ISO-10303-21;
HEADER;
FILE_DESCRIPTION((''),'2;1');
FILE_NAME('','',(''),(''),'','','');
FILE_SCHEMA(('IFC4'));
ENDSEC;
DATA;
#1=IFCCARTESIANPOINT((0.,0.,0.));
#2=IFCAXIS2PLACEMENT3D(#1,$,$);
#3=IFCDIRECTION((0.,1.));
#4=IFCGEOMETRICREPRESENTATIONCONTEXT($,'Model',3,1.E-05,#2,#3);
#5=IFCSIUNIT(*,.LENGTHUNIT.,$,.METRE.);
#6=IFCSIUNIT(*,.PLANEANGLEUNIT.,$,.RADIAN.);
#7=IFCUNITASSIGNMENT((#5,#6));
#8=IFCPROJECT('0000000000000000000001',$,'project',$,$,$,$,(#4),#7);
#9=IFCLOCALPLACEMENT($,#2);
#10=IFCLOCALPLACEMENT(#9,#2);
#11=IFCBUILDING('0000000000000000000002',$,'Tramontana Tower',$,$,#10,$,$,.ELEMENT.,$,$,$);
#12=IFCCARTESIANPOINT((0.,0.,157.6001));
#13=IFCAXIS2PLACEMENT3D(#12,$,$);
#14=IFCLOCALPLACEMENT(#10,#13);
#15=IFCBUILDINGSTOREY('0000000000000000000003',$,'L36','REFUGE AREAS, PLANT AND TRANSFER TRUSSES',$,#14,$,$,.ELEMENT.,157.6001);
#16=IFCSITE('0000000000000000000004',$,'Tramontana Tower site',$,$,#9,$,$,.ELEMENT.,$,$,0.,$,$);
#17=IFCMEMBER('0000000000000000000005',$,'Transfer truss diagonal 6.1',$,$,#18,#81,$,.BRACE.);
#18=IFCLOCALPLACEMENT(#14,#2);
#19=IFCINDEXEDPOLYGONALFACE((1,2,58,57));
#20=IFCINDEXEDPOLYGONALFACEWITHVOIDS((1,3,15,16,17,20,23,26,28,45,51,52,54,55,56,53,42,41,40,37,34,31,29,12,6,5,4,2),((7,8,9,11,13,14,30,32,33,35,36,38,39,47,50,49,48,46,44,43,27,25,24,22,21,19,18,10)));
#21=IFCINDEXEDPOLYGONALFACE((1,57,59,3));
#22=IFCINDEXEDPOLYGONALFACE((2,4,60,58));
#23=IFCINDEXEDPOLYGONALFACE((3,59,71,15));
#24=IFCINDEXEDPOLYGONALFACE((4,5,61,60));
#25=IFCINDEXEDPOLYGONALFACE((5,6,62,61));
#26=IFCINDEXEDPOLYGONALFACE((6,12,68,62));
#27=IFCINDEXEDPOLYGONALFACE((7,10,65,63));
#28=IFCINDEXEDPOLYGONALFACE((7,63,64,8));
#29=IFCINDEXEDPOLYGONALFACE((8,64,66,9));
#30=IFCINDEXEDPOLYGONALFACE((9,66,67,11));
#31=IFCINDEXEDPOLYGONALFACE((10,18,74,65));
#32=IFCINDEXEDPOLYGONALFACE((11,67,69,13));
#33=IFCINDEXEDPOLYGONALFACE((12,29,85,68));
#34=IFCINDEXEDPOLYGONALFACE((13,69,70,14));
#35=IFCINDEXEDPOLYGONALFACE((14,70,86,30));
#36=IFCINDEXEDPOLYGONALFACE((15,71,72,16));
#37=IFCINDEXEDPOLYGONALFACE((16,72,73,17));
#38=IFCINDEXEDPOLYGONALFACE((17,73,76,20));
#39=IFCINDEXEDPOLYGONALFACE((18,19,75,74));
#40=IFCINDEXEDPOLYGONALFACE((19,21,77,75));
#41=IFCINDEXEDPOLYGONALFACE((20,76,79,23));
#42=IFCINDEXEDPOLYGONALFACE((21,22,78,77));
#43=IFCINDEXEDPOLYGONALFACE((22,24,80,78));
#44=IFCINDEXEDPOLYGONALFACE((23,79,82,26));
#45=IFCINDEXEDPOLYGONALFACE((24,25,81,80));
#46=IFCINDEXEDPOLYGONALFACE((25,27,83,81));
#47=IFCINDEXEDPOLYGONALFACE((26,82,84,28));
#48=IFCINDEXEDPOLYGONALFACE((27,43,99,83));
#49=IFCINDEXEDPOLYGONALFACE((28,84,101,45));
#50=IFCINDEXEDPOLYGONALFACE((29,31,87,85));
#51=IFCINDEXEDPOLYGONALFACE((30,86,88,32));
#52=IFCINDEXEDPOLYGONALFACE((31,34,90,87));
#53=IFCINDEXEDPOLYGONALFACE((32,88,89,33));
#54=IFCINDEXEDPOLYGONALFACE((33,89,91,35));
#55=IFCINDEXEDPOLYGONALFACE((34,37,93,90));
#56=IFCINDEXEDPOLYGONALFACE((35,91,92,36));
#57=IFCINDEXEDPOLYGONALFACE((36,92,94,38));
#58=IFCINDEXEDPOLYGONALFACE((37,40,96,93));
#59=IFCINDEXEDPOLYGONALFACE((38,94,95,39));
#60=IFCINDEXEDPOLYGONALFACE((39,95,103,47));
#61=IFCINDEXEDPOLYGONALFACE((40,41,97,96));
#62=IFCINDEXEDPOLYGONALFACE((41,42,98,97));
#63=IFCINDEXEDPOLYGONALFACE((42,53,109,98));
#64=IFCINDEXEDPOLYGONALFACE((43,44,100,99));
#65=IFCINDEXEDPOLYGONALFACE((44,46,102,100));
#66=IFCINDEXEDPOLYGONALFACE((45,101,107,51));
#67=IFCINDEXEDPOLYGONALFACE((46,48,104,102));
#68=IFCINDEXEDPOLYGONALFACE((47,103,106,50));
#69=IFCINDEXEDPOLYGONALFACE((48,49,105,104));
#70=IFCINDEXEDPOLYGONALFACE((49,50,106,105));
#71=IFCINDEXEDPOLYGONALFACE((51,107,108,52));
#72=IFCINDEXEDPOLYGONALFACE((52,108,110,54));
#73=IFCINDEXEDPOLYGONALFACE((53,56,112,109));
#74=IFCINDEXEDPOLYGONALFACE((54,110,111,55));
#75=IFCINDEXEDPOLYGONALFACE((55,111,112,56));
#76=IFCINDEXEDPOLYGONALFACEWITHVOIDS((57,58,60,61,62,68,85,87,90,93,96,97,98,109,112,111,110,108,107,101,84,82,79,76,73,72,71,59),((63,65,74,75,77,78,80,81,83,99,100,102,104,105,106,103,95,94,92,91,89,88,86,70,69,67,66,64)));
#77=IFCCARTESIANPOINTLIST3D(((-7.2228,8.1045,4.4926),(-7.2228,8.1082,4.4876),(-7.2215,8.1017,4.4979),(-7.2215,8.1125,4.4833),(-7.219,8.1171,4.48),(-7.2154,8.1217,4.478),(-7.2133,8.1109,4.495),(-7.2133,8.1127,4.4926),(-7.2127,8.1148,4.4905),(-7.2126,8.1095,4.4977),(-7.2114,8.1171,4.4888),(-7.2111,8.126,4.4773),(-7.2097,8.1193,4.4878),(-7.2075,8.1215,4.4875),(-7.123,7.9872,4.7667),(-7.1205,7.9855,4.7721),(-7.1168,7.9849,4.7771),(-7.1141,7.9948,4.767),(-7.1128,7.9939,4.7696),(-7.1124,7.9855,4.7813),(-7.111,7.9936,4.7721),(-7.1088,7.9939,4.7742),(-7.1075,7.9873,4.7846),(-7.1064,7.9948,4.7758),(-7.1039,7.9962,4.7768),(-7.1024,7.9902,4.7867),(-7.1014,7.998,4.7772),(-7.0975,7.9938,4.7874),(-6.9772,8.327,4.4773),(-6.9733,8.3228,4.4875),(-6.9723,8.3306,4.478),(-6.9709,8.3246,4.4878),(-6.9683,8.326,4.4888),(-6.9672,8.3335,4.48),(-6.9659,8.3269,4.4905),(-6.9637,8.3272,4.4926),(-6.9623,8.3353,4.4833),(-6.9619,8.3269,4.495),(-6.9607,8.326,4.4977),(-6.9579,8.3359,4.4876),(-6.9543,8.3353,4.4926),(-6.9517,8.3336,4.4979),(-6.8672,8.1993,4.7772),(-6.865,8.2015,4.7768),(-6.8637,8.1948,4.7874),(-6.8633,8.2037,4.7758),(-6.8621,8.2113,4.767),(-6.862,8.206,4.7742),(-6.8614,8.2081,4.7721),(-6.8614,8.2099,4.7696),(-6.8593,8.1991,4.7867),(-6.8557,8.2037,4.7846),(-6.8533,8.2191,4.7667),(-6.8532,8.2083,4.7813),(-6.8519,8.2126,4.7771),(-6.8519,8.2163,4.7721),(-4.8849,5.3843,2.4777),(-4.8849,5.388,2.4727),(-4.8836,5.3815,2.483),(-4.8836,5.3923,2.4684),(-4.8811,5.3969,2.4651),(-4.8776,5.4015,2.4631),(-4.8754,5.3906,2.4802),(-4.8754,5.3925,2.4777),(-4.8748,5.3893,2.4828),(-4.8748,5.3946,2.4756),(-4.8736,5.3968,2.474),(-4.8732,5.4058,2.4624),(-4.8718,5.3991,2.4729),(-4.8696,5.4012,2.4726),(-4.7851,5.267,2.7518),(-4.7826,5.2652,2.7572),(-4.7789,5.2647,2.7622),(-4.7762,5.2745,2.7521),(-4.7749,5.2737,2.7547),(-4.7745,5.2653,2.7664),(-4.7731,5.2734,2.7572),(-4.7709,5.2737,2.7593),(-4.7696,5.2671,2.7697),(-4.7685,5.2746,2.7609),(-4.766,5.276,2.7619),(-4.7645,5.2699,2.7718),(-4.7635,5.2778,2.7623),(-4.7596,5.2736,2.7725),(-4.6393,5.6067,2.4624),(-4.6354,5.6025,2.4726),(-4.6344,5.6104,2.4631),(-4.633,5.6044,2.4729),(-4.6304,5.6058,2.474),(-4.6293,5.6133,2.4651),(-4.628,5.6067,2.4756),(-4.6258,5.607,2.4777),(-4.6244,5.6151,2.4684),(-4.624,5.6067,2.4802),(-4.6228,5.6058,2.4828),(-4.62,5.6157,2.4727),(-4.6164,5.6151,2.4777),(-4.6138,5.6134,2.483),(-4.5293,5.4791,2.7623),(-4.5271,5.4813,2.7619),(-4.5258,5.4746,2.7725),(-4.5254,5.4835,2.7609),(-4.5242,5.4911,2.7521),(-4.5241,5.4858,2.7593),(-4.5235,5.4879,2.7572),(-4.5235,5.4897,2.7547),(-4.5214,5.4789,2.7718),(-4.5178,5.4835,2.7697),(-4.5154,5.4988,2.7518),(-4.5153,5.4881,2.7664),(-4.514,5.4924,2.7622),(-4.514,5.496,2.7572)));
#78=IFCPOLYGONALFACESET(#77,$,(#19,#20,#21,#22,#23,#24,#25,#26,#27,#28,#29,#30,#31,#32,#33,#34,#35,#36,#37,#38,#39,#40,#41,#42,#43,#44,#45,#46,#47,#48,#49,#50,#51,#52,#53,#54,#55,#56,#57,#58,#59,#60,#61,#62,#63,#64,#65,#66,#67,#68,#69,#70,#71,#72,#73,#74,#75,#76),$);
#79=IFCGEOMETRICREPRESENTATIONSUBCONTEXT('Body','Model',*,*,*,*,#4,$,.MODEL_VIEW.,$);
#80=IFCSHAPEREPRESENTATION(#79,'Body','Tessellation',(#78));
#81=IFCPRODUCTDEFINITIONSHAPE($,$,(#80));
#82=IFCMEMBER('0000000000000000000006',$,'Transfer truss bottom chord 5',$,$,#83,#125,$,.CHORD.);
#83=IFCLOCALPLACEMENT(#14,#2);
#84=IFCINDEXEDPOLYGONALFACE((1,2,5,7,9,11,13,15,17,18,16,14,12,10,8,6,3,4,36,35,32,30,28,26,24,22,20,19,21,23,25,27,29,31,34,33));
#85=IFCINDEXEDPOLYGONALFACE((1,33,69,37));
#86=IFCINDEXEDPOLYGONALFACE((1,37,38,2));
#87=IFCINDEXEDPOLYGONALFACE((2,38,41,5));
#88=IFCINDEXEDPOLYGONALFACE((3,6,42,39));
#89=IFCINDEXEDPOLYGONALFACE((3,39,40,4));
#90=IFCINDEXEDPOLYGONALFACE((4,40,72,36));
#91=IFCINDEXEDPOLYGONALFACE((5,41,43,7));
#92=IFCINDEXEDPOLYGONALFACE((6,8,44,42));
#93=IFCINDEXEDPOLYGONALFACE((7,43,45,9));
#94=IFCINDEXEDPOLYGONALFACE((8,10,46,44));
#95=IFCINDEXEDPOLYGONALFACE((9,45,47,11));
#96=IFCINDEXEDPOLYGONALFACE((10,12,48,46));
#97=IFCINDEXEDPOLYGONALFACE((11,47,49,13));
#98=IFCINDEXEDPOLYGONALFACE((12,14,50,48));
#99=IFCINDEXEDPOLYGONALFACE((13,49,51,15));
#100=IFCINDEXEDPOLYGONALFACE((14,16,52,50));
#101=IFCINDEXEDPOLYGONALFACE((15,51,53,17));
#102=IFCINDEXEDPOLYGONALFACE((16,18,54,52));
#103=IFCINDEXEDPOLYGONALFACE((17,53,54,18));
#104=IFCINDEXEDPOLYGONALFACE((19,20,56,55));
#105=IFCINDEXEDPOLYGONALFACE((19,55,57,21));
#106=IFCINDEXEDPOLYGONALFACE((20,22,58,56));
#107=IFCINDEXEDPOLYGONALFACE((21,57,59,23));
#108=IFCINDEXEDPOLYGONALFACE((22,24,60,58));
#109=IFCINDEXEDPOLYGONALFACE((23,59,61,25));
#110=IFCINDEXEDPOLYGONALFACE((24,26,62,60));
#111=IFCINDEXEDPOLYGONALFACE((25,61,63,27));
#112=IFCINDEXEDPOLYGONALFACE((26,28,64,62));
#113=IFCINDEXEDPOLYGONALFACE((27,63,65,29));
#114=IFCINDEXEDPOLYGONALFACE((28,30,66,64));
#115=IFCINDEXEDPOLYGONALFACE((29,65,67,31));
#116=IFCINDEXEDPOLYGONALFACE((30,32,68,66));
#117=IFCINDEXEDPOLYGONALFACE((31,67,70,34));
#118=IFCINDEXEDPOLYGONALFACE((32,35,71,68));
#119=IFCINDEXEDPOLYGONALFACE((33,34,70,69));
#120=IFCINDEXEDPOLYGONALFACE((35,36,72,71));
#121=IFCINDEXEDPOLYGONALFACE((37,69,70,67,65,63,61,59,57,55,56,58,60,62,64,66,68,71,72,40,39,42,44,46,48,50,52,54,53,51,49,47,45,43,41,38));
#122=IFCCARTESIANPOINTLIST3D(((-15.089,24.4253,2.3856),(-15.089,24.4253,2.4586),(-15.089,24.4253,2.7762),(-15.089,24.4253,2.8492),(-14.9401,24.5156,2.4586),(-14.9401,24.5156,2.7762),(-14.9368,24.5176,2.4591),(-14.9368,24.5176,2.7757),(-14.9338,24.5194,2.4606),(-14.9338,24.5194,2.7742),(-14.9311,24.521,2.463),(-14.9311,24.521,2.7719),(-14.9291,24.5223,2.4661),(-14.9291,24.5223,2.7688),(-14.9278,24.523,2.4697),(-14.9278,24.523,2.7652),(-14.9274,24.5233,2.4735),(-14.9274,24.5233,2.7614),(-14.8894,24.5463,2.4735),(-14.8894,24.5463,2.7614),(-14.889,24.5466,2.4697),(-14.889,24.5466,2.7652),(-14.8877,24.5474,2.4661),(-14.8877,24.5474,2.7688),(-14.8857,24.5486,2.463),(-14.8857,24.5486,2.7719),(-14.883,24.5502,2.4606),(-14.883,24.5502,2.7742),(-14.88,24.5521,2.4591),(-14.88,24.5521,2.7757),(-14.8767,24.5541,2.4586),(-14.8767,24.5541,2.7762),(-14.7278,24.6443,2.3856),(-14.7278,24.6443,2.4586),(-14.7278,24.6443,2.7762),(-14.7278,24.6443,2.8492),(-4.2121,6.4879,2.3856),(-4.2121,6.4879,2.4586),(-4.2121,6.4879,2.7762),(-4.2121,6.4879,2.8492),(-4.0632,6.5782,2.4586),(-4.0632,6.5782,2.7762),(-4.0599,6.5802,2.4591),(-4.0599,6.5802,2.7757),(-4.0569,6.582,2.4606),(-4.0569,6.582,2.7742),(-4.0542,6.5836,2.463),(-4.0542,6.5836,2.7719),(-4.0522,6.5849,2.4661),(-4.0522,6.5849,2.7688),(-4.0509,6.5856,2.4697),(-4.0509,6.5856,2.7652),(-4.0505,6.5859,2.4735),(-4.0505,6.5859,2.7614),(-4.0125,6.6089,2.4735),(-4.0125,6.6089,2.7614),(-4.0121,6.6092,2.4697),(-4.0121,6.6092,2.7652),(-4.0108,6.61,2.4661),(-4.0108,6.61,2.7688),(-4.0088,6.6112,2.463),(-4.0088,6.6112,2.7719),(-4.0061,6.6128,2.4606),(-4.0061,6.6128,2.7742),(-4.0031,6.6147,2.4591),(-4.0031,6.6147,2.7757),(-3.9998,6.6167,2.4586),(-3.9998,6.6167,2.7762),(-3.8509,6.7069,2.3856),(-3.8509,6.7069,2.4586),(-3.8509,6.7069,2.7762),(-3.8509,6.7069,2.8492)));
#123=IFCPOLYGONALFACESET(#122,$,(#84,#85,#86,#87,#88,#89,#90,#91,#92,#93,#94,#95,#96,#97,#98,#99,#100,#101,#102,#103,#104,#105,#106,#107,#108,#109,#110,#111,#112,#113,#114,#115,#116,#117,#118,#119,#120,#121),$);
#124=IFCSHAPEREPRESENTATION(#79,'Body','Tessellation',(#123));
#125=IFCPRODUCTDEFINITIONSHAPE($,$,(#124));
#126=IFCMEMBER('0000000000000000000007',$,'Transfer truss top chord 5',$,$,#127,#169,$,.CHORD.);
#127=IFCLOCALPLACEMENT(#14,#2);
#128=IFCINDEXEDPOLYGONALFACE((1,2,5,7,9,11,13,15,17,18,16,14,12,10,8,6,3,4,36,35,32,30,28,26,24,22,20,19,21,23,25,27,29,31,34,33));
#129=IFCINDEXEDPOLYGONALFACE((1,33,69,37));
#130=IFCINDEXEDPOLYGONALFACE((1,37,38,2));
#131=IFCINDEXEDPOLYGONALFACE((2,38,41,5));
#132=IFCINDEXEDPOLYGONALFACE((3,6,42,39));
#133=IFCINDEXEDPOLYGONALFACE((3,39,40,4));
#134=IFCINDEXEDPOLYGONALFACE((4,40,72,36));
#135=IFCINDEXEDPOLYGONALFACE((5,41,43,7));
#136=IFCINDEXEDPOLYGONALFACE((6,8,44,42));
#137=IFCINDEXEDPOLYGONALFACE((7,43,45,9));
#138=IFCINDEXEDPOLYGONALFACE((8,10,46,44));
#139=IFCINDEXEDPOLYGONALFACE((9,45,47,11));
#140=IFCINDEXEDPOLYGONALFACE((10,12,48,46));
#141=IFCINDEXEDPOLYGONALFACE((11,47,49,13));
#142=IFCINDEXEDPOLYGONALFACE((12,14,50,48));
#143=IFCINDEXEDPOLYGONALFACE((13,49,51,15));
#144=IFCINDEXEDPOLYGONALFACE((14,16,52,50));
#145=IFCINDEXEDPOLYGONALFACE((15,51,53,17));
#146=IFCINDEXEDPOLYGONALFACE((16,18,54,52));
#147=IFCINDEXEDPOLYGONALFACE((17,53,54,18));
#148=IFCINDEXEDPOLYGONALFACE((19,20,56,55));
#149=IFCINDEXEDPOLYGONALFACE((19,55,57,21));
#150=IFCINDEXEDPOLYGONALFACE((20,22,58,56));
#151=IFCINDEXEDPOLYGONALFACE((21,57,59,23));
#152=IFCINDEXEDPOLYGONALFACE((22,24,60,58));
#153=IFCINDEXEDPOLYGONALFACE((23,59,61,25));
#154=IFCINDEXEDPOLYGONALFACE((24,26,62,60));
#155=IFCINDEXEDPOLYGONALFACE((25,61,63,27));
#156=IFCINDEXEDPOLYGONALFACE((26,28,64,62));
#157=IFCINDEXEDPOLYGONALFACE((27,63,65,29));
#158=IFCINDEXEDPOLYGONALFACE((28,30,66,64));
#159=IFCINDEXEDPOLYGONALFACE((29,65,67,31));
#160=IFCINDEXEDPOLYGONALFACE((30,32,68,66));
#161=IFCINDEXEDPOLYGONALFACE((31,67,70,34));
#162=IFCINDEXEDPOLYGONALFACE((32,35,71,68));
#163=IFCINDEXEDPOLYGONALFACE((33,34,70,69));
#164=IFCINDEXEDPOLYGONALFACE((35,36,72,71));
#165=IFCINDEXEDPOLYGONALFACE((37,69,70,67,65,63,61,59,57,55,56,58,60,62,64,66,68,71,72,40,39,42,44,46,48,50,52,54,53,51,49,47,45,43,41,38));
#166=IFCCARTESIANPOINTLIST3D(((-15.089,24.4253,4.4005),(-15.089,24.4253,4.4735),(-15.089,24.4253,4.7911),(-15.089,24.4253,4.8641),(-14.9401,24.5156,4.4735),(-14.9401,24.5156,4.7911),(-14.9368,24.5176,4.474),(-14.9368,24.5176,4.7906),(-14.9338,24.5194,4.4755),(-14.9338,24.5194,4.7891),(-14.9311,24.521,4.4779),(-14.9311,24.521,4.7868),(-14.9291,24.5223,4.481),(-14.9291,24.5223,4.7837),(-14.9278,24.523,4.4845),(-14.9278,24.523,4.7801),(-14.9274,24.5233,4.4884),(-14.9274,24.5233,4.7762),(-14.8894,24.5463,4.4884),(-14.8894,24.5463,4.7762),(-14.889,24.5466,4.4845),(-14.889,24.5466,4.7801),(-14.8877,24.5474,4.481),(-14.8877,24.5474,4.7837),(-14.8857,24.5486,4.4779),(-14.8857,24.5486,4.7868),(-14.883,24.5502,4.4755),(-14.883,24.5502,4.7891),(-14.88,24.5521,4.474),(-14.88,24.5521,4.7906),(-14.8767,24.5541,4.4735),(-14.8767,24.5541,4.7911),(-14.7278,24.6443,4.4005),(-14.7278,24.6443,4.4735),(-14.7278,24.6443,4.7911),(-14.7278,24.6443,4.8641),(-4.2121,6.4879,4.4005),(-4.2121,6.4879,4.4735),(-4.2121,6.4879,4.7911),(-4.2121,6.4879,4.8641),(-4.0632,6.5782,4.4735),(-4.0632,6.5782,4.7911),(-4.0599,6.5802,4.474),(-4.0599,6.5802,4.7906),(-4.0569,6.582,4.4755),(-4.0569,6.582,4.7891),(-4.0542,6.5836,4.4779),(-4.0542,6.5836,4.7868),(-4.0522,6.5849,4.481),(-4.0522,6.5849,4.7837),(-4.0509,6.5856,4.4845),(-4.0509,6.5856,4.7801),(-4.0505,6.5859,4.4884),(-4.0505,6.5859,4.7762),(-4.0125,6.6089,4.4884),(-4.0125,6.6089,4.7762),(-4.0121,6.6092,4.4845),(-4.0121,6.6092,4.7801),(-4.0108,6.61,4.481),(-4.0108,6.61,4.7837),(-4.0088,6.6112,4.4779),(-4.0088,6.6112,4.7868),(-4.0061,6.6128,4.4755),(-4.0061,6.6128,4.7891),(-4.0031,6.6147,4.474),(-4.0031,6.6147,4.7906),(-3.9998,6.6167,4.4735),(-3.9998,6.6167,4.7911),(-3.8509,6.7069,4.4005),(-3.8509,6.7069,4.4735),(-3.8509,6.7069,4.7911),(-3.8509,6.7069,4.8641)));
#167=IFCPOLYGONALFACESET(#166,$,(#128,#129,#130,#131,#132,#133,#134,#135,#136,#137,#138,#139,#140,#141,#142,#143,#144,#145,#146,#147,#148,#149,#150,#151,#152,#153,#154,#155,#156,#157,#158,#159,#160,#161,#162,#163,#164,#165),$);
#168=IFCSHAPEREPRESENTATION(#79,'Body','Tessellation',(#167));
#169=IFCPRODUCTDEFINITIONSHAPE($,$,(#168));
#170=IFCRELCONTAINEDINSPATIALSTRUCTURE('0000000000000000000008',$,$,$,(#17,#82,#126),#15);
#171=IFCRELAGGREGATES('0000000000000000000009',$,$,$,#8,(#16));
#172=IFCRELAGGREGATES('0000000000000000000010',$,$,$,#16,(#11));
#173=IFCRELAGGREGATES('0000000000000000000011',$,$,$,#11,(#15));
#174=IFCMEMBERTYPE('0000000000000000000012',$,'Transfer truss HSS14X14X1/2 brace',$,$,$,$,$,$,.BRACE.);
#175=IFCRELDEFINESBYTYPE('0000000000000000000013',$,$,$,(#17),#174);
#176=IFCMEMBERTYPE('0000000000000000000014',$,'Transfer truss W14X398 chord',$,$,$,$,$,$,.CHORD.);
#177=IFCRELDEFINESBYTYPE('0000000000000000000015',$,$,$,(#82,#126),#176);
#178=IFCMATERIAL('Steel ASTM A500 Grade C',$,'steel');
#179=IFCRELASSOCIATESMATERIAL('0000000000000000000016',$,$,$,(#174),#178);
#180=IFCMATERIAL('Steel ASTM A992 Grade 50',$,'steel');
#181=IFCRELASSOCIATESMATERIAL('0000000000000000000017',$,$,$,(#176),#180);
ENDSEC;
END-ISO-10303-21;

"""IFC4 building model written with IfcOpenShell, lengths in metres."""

from ifc_helpers import new_model, si_unit, direction, frame, origin, origin_2d, place, context, subcontext, project, spatial, hollow_rectangle, i_section, extrude, material, material_profile, profile_set, type_object, element, save


model = new_model("IFC4")

# Units and contexts
model_context = context("Model", 3, precision=1e-05, world=origin(), true_north=direction((0.0, 1.0)))
body_context = subcontext(model_context, "Body", "Model", "MODEL_VIEW")
ifc_project = project(units=[si_unit("LENGTHUNIT", "METRE"), si_unit("PLANEANGLEUNIT", "RADIAN")], contexts=[model_context])

# Site, building, storey
site_placement = place(None, origin())
site = spatial("IfcSite", under=ifc_project, at=site_placement, Name="Tramontana Tower site", CompositionType="ELEMENT", RefElevation=0.0)
building_placement = place(site_placement, origin())
building = spatial("IfcBuilding", under=site, at=building_placement, Name="Tramontana Tower", CompositionType="ELEMENT")
storey_placement = place(building_placement, frame((0.0, 0.0, 157.6001)))
storey = spatial("IfcBuildingStorey", under=building, at=storey_placement, Name="L36", Description="REFUGE AREAS, PLANT AND TRANSFER TRUSSES", CompositionType="ELEMENT", Elevation=157.6001)

# Members
ifc_material_1 = material(Name="Steel ASTM A500 Grade C", Category="steel")
ifc_material_profile_1 = material_profile(ifc_material_1, hollow_rectangle(XDim=0.3557, YDim=0.3557, WallThickness=0.0117, InnerFilletRadius=0.0117, OuterFilletRadius=0.0237, at=origin_2d()), Name="HSS14X14X1/2")
ifc_profile_set_1 = profile_set([ifc_material_profile_1], Name="Steel ASTM A500 Grade C")
member_type_1 = type_object("IfcMemberType", Name="Transfer truss HSS14X14X1/2 brace", PredefinedType="BRACE", material=ifc_profile_set_1)
member_1_placement = place(storey_placement, frame((-4.6995, 5.4402, 2.6174), z_axis=(-0.568275, 0.661207, 0.489763), x_axis=(-0.758391, -0.6518, 0.0)))
element("IfcMember", 1, at=member_1_placement, inside=storey, type_object=member_type_1, Name="Transfer truss diagonal 6.1", PredefinedType="BRACE", context=body_context, shape_type="SweptSolid", body=[
    extrude(hollow_rectangle(XDim=0.3557, YDim=0.3557, WallThickness=0.0117, InnerFilletRadius=0.0117, OuterFilletRadius=0.0237, at=origin_2d()), origin(), (0.0, 0.0, 1.0), 4.114),
])
ifc_material_2 = material(Name="Steel ASTM A992 Grade 50", Category="steel")
ifc_material_profile_2 = material_profile(ifc_material_2, i_section(OverallWidth=0.4224, OverallDepth=0.4636, WebThickness=0.0444, FlangeThickness=0.073, FilletRadius=0.0149, at=origin_2d()), Name="W14X398")
ifc_profile_set_2 = profile_set([ifc_material_profile_2], Name="Steel ASTM A992 Grade 50")
member_type_2 = type_object("IfcMemberType", Name="Transfer truss W14X398 chord", PredefinedType="CHORD", material=ifc_profile_set_2)
for number, where, z_axis, x_axis, name in (
    (2, (-4.0315, 6.5974, 2.6174), (-0.518502, 0.855077, 0.0), (-0.855077, -0.518502, 0.0), "Transfer truss bottom chord 5"),
    (3, (-4.0315, 6.5974, 4.6323), (-0.518502, 0.855077, 0.0), (-0.855077, -0.518502, 0.0), "Transfer truss top chord 5"),
):
    element("IfcMember", number, at=place(storey_placement, frame(where, z_axis=z_axis, x_axis=x_axis)), inside=storey, type_object=member_type_2, Name=name, PredefinedType="CHORD", context=body_context, shape_type="SweptSolid", body=[
        extrude(i_section(OverallWidth=0.4224, OverallDepth=0.4636, WebThickness=0.0444, FlangeThickness=0.073, FilletRadius=0.0149, at=origin_2d()), origin(), (0.0, 0.0, 1.0), 20.9775),
    ])

save(model, "model.ifc")
